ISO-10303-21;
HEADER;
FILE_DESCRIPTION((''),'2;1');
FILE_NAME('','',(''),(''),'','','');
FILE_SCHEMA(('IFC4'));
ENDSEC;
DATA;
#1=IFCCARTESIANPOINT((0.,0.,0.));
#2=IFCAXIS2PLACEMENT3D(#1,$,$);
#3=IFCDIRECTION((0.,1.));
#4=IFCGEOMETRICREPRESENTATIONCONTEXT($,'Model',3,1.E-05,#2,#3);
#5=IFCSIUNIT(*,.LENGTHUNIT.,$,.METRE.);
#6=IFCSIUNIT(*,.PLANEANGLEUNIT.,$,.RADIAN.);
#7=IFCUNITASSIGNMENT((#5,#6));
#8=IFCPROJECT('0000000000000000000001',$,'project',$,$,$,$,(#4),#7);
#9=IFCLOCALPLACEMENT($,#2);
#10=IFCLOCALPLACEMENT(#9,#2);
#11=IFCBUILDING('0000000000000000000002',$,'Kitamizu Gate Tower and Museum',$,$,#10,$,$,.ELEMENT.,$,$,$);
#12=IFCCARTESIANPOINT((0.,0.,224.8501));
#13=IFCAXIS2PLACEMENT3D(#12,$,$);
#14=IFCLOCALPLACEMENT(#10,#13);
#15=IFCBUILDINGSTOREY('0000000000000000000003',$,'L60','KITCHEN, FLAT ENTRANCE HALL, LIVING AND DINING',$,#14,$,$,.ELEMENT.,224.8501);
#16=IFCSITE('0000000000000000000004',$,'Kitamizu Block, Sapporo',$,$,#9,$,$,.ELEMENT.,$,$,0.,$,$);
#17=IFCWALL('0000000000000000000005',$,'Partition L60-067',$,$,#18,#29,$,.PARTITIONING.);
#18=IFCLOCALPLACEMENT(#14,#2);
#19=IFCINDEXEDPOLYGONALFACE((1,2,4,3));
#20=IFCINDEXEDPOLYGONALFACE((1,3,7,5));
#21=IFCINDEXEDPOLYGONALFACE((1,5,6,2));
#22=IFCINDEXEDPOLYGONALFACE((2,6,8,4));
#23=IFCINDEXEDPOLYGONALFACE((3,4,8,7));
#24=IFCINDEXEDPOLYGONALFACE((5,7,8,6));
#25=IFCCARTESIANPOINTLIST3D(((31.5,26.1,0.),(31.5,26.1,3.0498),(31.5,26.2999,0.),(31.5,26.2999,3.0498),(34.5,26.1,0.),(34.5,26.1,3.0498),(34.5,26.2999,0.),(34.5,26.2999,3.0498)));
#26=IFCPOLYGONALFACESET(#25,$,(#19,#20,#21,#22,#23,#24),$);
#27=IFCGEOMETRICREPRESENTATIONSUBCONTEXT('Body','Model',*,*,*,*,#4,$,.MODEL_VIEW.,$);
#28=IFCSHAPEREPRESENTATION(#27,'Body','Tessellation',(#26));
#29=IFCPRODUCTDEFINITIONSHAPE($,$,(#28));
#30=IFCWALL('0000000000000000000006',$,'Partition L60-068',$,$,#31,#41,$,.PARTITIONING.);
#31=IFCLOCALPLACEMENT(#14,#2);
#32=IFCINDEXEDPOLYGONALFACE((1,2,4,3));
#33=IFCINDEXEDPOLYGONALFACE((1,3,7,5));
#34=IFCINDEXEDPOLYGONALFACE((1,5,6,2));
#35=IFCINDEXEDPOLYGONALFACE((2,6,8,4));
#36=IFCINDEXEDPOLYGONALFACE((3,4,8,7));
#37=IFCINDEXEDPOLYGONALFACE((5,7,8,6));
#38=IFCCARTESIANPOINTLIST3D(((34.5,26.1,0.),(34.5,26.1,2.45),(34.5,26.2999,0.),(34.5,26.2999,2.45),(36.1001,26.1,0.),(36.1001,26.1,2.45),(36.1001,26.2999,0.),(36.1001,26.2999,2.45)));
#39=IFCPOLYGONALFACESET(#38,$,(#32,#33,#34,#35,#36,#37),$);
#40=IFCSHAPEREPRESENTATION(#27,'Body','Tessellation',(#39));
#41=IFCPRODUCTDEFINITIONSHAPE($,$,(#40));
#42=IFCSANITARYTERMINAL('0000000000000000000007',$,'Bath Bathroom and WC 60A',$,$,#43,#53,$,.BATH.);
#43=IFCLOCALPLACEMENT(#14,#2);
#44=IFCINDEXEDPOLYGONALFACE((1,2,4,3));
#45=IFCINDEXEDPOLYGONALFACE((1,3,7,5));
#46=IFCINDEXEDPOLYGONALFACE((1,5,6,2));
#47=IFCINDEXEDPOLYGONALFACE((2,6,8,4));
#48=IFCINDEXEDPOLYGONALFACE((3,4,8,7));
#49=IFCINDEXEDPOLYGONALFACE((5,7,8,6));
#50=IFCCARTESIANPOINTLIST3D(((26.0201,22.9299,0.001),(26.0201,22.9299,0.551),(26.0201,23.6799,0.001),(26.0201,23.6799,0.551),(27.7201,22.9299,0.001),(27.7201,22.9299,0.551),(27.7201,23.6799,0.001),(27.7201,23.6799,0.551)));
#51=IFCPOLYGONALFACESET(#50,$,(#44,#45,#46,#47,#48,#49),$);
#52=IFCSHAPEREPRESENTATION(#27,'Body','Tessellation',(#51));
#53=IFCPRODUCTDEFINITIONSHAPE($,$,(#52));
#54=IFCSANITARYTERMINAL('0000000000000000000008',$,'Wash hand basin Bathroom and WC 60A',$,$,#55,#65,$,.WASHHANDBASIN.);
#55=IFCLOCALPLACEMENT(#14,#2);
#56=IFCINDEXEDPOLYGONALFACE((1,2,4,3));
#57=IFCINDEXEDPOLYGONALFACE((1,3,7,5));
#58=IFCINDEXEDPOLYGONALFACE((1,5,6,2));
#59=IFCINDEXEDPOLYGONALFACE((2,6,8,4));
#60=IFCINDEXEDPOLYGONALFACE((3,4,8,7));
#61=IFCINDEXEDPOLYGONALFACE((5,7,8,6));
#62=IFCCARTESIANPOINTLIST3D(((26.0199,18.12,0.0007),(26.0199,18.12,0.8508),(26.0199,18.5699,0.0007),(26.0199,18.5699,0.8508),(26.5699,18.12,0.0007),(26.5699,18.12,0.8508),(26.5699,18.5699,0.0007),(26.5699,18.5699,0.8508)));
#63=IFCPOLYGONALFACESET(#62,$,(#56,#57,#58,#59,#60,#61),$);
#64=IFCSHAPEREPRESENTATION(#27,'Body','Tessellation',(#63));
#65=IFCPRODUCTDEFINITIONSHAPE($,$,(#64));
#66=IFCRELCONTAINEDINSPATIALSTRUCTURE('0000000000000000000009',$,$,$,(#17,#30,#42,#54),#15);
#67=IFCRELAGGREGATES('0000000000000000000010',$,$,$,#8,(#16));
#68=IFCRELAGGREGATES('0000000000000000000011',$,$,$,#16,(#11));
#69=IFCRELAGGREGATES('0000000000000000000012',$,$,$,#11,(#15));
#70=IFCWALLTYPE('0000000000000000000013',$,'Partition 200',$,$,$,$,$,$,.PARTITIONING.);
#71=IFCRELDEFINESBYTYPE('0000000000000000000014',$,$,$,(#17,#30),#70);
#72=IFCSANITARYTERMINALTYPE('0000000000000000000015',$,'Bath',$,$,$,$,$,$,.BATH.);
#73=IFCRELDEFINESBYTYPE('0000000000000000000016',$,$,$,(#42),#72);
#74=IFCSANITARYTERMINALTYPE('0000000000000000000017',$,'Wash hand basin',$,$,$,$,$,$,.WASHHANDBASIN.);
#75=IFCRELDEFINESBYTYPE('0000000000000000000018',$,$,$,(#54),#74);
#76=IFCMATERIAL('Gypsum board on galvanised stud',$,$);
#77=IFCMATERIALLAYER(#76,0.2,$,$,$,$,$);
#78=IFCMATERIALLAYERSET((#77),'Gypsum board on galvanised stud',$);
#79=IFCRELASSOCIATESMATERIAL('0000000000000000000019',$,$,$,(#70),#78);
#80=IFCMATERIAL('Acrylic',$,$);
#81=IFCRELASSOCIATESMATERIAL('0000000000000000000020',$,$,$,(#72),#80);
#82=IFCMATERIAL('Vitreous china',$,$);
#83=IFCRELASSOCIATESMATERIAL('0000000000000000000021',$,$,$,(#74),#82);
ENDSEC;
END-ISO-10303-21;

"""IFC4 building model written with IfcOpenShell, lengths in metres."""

from ifc_helpers import new_model, si_unit, direction, frame, frame_2d, origin, origin_2d, place, context, subcontext, project, spatial, rectangle, extrude, material, layer, layer_set, type_object, element, save


model = new_model("IFC4")

# Units and contexts
model_context = context("Model", 3, precision=1e-05, world=origin(), true_north=direction((0.0, 1.0)))
body_context = subcontext(model_context, "Body", "Model", "MODEL_VIEW")
ifc_project = project(units=[si_unit("LENGTHUNIT", "METRE"), si_unit("PLANEANGLEUNIT", "RADIAN")], contexts=[model_context])

# Site, building, storey
site_placement = place(None, origin())
site = spatial("IfcSite", under=ifc_project, at=site_placement, Name="Kitamizu Block, Sapporo", CompositionType="ELEMENT", RefElevation=0.0)
building_placement = place(site_placement, origin())
building = spatial("IfcBuilding", under=site, at=building_placement, Name="Kitamizu Gate Tower and Museum", CompositionType="ELEMENT")
storey_placement = place(building_placement, frame((0.0, 0.0, 224.8501)))
storey = spatial("IfcBuildingStorey", under=building, at=storey_placement, Name="L60", Description="KITCHEN, FLAT ENTRANCE HALL, LIVING AND DINING", CompositionType="ELEMENT", Elevation=224.8501)

# Shared definitions
ifc_material_1 = material(Name="Gypsum board on galvanised stud")
ifc_layer_1 = layer(ifc_material_1, 0.2)
ifc_layer_set_1 = layer_set([ifc_layer_1], Name="Gypsum board on galvanised stud")
wall_type_1 = type_object("IfcWallType", Name="Partition 200", PredefinedType="PARTITIONING", material=ifc_layer_set_1)

# Walls
wall_1_placement = place(storey_placement, frame((31.5, 26.2, 0.0), z_axis=(0.0, 0.0, 1.0), x_axis=(1.0, 0.0, 0.0)))
element("IfcWall", 1, at=wall_1_placement, inside=storey, type_object=wall_type_1, Name="Partition L60-067", PredefinedType="PARTITIONING", context=body_context, shape_type="SweptSolid", body=[
    extrude(rectangle(XDim=3.0, YDim=0.2, at=frame_2d((1.5, 0.0))), origin(), (0.0, 0.0, 1.0), 3.0498),
])
wall_2_placement = place(storey_placement, frame((34.5, 26.2, 0.0), z_axis=(0.0, 0.0, 1.0), x_axis=(1.0, 0.0, 0.0)))
element("IfcWall", 2, at=wall_2_placement, inside=storey, type_object=wall_type_1, Name="Partition L60-068", PredefinedType="PARTITIONING", context=body_context, shape_type="SweptSolid", body=[
    extrude(rectangle(XDim=1.6001, YDim=0.2, at=frame_2d((0.8, 0.0))), origin(), (0.0, 0.0, 1.0), 2.45),
])

# Sanitary terminals
ifc_material_2 = material(Name="Acrylic")
sanitary_terminal_type_1 = type_object("IfcSanitaryTerminalType", Name="Bath", PredefinedType="BATH", material=ifc_material_2)
sanitary_terminal_1_placement = place(storey_placement, frame((26.8701, 23.3049, 0.001), z_axis=(0.0, 0.0, 1.0), x_axis=(1.0, 0.0, 0.0)))
element("IfcSanitaryTerminal", 3, at=sanitary_terminal_1_placement, inside=storey, type_object=sanitary_terminal_type_1, Name="Bath Bathroom and WC 60A", PredefinedType="BATH", context=body_context, shape_type="SweptSolid", body=[
    extrude(rectangle(XDim=1.7, YDim=0.75, at=origin_2d()), origin(), (0.0, 0.0, 1.0), 0.55),
])
ifc_material_3 = material(Name="Vitreous china")
sanitary_terminal_type_2 = type_object("IfcSanitaryTerminalType", Name="Wash hand basin", PredefinedType="WASHHANDBASIN", material=ifc_material_3)
sanitary_terminal_2_placement = place(storey_placement, frame((26.2949, 18.345, 0.0007), z_axis=(0.0, 0.0, 1.0), x_axis=(1.0, 0.0, 0.0)))
element("IfcSanitaryTerminal", 4, at=sanitary_terminal_2_placement, inside=storey, type_object=sanitary_terminal_type_2, Name="Wash hand basin Bathroom and WC 60A", PredefinedType="WASHHANDBASIN", context=body_context, shape_type="SweptSolid", body=[
    extrude(rectangle(XDim=0.55, YDim=0.45, at=origin_2d()), origin(), (0.0, 0.0, 1.0), 0.8501),
])

save(model, "model.ifc")
